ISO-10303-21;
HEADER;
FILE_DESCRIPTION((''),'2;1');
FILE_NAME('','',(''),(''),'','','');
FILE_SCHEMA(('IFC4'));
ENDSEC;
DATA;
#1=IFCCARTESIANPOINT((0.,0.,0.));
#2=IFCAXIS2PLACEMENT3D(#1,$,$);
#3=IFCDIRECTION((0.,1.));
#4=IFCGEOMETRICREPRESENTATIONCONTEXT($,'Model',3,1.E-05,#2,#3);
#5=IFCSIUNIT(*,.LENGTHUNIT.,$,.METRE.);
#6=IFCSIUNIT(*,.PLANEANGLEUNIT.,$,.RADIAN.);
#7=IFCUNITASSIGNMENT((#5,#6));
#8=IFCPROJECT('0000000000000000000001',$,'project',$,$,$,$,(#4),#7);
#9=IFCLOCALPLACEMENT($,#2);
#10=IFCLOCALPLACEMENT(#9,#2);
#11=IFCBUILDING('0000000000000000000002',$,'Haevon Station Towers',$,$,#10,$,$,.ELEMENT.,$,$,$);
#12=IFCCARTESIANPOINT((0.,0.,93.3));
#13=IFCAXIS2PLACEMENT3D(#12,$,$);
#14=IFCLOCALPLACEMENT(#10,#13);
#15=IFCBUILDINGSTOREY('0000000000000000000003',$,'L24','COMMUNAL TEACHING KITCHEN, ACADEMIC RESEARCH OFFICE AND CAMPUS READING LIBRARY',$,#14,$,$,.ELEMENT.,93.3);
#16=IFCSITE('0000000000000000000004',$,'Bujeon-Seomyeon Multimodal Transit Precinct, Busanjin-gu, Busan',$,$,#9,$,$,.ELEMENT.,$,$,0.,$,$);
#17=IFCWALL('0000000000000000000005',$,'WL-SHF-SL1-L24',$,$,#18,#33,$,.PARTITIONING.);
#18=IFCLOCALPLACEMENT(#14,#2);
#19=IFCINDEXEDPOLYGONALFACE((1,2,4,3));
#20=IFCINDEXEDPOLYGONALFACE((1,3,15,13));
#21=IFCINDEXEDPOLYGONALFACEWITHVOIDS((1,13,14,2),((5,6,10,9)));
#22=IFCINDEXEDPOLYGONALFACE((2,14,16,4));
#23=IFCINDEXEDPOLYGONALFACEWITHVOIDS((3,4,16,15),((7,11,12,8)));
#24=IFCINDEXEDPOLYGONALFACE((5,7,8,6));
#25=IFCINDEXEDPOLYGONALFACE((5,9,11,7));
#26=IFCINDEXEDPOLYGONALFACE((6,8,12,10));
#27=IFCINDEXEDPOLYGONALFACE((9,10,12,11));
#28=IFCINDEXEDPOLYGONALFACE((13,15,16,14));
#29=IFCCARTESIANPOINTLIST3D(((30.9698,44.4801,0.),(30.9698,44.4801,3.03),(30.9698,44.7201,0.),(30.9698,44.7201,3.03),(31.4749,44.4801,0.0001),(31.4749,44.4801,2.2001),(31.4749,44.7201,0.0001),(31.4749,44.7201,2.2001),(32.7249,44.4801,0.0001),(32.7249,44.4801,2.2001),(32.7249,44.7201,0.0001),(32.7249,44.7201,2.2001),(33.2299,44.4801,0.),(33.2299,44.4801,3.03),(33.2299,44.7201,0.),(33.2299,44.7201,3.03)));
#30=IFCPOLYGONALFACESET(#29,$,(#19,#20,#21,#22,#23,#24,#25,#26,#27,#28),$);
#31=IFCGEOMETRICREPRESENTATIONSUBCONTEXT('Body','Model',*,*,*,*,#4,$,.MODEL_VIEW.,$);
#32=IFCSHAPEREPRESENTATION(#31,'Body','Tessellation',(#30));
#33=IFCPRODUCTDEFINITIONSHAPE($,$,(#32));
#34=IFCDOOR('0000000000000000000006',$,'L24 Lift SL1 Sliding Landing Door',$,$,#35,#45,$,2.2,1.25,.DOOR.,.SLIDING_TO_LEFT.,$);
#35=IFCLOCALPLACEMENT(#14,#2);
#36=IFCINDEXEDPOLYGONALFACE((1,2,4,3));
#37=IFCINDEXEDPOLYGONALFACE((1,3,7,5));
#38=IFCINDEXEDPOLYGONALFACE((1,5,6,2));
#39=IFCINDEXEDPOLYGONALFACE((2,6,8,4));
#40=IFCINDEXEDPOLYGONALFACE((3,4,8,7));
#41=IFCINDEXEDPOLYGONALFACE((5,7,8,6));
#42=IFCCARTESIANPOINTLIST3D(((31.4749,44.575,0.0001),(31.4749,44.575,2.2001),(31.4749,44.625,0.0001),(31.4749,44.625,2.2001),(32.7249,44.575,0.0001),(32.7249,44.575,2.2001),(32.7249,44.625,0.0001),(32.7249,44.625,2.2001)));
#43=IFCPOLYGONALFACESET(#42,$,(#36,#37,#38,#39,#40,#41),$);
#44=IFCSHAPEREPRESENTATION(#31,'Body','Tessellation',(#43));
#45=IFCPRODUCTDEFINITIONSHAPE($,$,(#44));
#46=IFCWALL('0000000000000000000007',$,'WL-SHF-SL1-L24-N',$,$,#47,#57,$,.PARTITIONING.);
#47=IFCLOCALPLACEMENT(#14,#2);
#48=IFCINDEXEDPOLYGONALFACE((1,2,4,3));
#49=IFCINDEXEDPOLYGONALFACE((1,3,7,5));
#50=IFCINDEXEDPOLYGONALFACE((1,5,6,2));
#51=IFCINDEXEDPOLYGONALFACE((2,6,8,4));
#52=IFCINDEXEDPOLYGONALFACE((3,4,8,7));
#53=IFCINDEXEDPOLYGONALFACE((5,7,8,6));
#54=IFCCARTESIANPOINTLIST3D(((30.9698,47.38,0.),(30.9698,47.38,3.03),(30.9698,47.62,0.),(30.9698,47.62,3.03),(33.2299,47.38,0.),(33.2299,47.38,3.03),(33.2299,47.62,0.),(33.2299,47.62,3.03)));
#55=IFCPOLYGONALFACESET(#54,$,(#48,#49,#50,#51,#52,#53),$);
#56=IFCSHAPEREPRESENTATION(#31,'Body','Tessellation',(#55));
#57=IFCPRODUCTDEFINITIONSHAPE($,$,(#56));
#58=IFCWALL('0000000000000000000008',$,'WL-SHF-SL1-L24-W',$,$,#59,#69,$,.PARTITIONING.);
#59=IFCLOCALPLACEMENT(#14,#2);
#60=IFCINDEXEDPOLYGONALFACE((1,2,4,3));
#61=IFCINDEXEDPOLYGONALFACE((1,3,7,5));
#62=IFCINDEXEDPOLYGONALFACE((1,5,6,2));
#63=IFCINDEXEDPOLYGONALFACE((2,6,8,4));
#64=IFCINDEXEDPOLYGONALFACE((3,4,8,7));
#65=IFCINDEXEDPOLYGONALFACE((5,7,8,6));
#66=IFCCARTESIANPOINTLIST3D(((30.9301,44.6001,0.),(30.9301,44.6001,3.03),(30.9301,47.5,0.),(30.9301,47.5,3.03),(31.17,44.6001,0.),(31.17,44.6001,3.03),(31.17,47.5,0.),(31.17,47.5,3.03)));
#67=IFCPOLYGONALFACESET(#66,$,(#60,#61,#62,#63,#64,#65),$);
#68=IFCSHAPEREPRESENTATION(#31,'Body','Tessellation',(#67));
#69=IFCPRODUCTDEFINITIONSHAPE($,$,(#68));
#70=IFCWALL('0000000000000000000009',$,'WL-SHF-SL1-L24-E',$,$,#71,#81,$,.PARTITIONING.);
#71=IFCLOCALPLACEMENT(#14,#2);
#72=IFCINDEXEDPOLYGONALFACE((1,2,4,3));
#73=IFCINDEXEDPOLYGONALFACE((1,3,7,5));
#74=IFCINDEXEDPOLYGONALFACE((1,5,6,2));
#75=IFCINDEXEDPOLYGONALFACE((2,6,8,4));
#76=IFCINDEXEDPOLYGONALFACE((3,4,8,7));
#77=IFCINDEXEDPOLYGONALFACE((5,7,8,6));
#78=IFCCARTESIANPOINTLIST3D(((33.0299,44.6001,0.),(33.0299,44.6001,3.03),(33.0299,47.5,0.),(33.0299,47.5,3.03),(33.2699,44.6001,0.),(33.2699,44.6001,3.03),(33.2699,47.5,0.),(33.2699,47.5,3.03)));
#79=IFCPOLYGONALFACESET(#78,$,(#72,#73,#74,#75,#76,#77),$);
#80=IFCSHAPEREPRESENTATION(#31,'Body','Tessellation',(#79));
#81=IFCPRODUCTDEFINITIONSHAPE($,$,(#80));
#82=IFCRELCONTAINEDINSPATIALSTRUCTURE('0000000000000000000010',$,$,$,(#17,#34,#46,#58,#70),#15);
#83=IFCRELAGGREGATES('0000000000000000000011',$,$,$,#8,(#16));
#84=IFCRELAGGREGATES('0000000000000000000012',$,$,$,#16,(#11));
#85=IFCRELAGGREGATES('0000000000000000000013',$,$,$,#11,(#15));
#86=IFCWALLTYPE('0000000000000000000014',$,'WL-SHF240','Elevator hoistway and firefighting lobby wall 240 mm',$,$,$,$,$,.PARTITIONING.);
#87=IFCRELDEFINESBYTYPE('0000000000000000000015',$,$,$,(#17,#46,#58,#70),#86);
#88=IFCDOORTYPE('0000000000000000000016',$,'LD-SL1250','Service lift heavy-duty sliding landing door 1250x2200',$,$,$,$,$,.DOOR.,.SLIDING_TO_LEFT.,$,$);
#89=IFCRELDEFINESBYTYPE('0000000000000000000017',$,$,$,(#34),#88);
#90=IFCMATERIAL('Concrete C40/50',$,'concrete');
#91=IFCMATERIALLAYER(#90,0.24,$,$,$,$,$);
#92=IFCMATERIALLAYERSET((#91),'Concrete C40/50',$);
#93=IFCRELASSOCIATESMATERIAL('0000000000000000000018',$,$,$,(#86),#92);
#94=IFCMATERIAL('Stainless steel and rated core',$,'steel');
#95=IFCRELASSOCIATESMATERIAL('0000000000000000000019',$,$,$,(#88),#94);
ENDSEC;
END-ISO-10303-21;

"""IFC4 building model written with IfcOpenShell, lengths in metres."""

from ifc_helpers import new_model, si_unit, direction, frame, frame_2d, origin, place, context, subcontext, project, spatial, rectangle, extrude, material, layer, layer_set, type_object, element, fill, save


model = new_model("IFC4")

# Units and contexts
model_context = context("Model", 3, precision=1e-05, world=origin(), true_north=direction((0.0, 1.0)))
body_context = subcontext(model_context, "Body", "Model", "MODEL_VIEW")
ifc_project = project(units=[si_unit("LENGTHUNIT", "METRE"), si_unit("PLANEANGLEUNIT", "RADIAN")], contexts=[model_context])

# Site, building, storey
site_placement = place(None, origin())
site = spatial("IfcSite", under=ifc_project, at=site_placement, Name="Bujeon-Seomyeon Multimodal Transit Precinct, Busanjin-gu, Busan", CompositionType="ELEMENT", RefElevation=0.0)
building_placement = place(site_placement, origin())
building = spatial("IfcBuilding", under=site, at=building_placement, Name="Haevon Station Towers", CompositionType="ELEMENT")
storey_placement = place(building_placement, frame((0.0, 0.0, 93.3)))
storey = spatial("IfcBuildingStorey", under=building, at=storey_placement, Name="L24", Description="COMMUNAL TEACHING KITCHEN, ACADEMIC RESEARCH OFFICE AND CAMPUS READING LIBRARY", CompositionType="ELEMENT", Elevation=93.3)

# Wall, opening, door
ifc_material_1 = material(Name="Concrete C40/50", Category="concrete")
ifc_layer_1 = layer(ifc_material_1, 0.24)
ifc_layer_set_1 = layer_set([ifc_layer_1], Name="Concrete C40/50")
wall_type_1 = type_object("IfcWallType", Name="WL-SHF240", Description="Elevator hoistway and firefighting lobby wall 240 mm", PredefinedType="PARTITIONING", material=ifc_layer_set_1)
wall_1_placement = place(storey_placement, frame((30.97, 44.6001, 0.0), z_axis=(0.0, 0.0, 1.0), x_axis=(1.0, 0.0, 0.0)))
wall_1 = element("IfcWall", 1, at=wall_1_placement, inside=storey, type_object=wall_type_1, Name="WL-SHF-SL1-L24", PredefinedType="PARTITIONING", context=body_context, shape_type="SweptSolid", body=[
    extrude(rectangle(XDim=2.26, YDim=0.24, at=frame_2d((1.1299, 0.0))), origin(), (0.0, 0.0, 1.0), 3.03),
])
opening_placement = place(wall_1_placement, frame((0.5049, 0.0, 0.0)))
opening = element("IfcOpeningElement", 2, at=opening_placement, cuts=wall_1, PredefinedType="OPENING", context=body_context, shape_type="SweptSolid", body=[
    extrude(rectangle(XDim=1.25, YDim=2.2, at=frame_2d((0.625, 1.1001))), frame((0.0, 0.1299, 0.0), z_axis=(0.0, -1.0, 0.0), x_axis=(1.0, 0.0, 0.0)), (0.0, 0.0, 1.0), 0.26),
])
ifc_material_2 = material(Name="Stainless steel and rated core", Category="steel")
door_type = type_object("IfcDoorType", Name="LD-SL1250", Description="Service lift heavy-duty sliding landing door 1250x2200", OperationType="SLIDING_TO_LEFT", PredefinedType="DOOR", material=ifc_material_2)
door_placement = place(opening_placement, origin())
door = element("IfcDoor", 3, at=door_placement, inside=storey, type_object=door_type, Name="L24 Lift SL1 Sliding Landing Door", OperationType="SLIDING_TO_LEFT", OverallHeight=2.2, OverallWidth=1.25, PredefinedType="DOOR", context=body_context, shape_type="SweptSolid", body=[
    extrude(rectangle(XDim=1.25, YDim=2.2, at=frame_2d((0.625, 1.1001))), frame((0.0, 0.0249, 0.0), z_axis=(0.0, -1.0, 0.0), x_axis=(1.0, 0.0, 0.0)), (0.0, 0.0, 1.0), 0.05),
])
fill(opening, door)

# Walls
wall_2_placement = place(storey_placement, frame((30.97, 47.5, 0.0), z_axis=(0.0, 0.0, 1.0), x_axis=(1.0, 0.0, 0.0)))
element("IfcWall", 4, at=wall_2_placement, inside=storey, type_object=wall_type_1, Name="WL-SHF-SL1-L24-N", PredefinedType="PARTITIONING", context=body_context, shape_type="SweptSolid", body=[
    extrude(rectangle(XDim=2.26, YDim=0.24, at=frame_2d((1.1299, 0.0))), origin(), (0.0, 0.0, 1.0), 3.03),
])
for number, where, z_axis, x_axis, name in (
    (5, (31.05, 44.6001, 0.0), (0.0, 0.0, 1.0), (0.0, 1.0, 0.0), "WL-SHF-SL1-L24-W"),
    (6, (33.1499, 44.6001, 0.0), (0.0, 0.0, 1.0), (0.0, 1.0, 0.0), "WL-SHF-SL1-L24-E"),
):
    element("IfcWall", number, at=place(storey_placement, frame(where, z_axis=z_axis, x_axis=x_axis)), inside=storey, type_object=wall_type_1, Name=name, PredefinedType="PARTITIONING", context=body_context, shape_type="SweptSolid", body=[
        extrude(rectangle(XDim=2.8999, YDim=0.24, at=frame_2d((1.45, 0.0))), origin(), (0.0, 0.0, 1.0), 3.03),
    ])

save(model, "model.ifc")
